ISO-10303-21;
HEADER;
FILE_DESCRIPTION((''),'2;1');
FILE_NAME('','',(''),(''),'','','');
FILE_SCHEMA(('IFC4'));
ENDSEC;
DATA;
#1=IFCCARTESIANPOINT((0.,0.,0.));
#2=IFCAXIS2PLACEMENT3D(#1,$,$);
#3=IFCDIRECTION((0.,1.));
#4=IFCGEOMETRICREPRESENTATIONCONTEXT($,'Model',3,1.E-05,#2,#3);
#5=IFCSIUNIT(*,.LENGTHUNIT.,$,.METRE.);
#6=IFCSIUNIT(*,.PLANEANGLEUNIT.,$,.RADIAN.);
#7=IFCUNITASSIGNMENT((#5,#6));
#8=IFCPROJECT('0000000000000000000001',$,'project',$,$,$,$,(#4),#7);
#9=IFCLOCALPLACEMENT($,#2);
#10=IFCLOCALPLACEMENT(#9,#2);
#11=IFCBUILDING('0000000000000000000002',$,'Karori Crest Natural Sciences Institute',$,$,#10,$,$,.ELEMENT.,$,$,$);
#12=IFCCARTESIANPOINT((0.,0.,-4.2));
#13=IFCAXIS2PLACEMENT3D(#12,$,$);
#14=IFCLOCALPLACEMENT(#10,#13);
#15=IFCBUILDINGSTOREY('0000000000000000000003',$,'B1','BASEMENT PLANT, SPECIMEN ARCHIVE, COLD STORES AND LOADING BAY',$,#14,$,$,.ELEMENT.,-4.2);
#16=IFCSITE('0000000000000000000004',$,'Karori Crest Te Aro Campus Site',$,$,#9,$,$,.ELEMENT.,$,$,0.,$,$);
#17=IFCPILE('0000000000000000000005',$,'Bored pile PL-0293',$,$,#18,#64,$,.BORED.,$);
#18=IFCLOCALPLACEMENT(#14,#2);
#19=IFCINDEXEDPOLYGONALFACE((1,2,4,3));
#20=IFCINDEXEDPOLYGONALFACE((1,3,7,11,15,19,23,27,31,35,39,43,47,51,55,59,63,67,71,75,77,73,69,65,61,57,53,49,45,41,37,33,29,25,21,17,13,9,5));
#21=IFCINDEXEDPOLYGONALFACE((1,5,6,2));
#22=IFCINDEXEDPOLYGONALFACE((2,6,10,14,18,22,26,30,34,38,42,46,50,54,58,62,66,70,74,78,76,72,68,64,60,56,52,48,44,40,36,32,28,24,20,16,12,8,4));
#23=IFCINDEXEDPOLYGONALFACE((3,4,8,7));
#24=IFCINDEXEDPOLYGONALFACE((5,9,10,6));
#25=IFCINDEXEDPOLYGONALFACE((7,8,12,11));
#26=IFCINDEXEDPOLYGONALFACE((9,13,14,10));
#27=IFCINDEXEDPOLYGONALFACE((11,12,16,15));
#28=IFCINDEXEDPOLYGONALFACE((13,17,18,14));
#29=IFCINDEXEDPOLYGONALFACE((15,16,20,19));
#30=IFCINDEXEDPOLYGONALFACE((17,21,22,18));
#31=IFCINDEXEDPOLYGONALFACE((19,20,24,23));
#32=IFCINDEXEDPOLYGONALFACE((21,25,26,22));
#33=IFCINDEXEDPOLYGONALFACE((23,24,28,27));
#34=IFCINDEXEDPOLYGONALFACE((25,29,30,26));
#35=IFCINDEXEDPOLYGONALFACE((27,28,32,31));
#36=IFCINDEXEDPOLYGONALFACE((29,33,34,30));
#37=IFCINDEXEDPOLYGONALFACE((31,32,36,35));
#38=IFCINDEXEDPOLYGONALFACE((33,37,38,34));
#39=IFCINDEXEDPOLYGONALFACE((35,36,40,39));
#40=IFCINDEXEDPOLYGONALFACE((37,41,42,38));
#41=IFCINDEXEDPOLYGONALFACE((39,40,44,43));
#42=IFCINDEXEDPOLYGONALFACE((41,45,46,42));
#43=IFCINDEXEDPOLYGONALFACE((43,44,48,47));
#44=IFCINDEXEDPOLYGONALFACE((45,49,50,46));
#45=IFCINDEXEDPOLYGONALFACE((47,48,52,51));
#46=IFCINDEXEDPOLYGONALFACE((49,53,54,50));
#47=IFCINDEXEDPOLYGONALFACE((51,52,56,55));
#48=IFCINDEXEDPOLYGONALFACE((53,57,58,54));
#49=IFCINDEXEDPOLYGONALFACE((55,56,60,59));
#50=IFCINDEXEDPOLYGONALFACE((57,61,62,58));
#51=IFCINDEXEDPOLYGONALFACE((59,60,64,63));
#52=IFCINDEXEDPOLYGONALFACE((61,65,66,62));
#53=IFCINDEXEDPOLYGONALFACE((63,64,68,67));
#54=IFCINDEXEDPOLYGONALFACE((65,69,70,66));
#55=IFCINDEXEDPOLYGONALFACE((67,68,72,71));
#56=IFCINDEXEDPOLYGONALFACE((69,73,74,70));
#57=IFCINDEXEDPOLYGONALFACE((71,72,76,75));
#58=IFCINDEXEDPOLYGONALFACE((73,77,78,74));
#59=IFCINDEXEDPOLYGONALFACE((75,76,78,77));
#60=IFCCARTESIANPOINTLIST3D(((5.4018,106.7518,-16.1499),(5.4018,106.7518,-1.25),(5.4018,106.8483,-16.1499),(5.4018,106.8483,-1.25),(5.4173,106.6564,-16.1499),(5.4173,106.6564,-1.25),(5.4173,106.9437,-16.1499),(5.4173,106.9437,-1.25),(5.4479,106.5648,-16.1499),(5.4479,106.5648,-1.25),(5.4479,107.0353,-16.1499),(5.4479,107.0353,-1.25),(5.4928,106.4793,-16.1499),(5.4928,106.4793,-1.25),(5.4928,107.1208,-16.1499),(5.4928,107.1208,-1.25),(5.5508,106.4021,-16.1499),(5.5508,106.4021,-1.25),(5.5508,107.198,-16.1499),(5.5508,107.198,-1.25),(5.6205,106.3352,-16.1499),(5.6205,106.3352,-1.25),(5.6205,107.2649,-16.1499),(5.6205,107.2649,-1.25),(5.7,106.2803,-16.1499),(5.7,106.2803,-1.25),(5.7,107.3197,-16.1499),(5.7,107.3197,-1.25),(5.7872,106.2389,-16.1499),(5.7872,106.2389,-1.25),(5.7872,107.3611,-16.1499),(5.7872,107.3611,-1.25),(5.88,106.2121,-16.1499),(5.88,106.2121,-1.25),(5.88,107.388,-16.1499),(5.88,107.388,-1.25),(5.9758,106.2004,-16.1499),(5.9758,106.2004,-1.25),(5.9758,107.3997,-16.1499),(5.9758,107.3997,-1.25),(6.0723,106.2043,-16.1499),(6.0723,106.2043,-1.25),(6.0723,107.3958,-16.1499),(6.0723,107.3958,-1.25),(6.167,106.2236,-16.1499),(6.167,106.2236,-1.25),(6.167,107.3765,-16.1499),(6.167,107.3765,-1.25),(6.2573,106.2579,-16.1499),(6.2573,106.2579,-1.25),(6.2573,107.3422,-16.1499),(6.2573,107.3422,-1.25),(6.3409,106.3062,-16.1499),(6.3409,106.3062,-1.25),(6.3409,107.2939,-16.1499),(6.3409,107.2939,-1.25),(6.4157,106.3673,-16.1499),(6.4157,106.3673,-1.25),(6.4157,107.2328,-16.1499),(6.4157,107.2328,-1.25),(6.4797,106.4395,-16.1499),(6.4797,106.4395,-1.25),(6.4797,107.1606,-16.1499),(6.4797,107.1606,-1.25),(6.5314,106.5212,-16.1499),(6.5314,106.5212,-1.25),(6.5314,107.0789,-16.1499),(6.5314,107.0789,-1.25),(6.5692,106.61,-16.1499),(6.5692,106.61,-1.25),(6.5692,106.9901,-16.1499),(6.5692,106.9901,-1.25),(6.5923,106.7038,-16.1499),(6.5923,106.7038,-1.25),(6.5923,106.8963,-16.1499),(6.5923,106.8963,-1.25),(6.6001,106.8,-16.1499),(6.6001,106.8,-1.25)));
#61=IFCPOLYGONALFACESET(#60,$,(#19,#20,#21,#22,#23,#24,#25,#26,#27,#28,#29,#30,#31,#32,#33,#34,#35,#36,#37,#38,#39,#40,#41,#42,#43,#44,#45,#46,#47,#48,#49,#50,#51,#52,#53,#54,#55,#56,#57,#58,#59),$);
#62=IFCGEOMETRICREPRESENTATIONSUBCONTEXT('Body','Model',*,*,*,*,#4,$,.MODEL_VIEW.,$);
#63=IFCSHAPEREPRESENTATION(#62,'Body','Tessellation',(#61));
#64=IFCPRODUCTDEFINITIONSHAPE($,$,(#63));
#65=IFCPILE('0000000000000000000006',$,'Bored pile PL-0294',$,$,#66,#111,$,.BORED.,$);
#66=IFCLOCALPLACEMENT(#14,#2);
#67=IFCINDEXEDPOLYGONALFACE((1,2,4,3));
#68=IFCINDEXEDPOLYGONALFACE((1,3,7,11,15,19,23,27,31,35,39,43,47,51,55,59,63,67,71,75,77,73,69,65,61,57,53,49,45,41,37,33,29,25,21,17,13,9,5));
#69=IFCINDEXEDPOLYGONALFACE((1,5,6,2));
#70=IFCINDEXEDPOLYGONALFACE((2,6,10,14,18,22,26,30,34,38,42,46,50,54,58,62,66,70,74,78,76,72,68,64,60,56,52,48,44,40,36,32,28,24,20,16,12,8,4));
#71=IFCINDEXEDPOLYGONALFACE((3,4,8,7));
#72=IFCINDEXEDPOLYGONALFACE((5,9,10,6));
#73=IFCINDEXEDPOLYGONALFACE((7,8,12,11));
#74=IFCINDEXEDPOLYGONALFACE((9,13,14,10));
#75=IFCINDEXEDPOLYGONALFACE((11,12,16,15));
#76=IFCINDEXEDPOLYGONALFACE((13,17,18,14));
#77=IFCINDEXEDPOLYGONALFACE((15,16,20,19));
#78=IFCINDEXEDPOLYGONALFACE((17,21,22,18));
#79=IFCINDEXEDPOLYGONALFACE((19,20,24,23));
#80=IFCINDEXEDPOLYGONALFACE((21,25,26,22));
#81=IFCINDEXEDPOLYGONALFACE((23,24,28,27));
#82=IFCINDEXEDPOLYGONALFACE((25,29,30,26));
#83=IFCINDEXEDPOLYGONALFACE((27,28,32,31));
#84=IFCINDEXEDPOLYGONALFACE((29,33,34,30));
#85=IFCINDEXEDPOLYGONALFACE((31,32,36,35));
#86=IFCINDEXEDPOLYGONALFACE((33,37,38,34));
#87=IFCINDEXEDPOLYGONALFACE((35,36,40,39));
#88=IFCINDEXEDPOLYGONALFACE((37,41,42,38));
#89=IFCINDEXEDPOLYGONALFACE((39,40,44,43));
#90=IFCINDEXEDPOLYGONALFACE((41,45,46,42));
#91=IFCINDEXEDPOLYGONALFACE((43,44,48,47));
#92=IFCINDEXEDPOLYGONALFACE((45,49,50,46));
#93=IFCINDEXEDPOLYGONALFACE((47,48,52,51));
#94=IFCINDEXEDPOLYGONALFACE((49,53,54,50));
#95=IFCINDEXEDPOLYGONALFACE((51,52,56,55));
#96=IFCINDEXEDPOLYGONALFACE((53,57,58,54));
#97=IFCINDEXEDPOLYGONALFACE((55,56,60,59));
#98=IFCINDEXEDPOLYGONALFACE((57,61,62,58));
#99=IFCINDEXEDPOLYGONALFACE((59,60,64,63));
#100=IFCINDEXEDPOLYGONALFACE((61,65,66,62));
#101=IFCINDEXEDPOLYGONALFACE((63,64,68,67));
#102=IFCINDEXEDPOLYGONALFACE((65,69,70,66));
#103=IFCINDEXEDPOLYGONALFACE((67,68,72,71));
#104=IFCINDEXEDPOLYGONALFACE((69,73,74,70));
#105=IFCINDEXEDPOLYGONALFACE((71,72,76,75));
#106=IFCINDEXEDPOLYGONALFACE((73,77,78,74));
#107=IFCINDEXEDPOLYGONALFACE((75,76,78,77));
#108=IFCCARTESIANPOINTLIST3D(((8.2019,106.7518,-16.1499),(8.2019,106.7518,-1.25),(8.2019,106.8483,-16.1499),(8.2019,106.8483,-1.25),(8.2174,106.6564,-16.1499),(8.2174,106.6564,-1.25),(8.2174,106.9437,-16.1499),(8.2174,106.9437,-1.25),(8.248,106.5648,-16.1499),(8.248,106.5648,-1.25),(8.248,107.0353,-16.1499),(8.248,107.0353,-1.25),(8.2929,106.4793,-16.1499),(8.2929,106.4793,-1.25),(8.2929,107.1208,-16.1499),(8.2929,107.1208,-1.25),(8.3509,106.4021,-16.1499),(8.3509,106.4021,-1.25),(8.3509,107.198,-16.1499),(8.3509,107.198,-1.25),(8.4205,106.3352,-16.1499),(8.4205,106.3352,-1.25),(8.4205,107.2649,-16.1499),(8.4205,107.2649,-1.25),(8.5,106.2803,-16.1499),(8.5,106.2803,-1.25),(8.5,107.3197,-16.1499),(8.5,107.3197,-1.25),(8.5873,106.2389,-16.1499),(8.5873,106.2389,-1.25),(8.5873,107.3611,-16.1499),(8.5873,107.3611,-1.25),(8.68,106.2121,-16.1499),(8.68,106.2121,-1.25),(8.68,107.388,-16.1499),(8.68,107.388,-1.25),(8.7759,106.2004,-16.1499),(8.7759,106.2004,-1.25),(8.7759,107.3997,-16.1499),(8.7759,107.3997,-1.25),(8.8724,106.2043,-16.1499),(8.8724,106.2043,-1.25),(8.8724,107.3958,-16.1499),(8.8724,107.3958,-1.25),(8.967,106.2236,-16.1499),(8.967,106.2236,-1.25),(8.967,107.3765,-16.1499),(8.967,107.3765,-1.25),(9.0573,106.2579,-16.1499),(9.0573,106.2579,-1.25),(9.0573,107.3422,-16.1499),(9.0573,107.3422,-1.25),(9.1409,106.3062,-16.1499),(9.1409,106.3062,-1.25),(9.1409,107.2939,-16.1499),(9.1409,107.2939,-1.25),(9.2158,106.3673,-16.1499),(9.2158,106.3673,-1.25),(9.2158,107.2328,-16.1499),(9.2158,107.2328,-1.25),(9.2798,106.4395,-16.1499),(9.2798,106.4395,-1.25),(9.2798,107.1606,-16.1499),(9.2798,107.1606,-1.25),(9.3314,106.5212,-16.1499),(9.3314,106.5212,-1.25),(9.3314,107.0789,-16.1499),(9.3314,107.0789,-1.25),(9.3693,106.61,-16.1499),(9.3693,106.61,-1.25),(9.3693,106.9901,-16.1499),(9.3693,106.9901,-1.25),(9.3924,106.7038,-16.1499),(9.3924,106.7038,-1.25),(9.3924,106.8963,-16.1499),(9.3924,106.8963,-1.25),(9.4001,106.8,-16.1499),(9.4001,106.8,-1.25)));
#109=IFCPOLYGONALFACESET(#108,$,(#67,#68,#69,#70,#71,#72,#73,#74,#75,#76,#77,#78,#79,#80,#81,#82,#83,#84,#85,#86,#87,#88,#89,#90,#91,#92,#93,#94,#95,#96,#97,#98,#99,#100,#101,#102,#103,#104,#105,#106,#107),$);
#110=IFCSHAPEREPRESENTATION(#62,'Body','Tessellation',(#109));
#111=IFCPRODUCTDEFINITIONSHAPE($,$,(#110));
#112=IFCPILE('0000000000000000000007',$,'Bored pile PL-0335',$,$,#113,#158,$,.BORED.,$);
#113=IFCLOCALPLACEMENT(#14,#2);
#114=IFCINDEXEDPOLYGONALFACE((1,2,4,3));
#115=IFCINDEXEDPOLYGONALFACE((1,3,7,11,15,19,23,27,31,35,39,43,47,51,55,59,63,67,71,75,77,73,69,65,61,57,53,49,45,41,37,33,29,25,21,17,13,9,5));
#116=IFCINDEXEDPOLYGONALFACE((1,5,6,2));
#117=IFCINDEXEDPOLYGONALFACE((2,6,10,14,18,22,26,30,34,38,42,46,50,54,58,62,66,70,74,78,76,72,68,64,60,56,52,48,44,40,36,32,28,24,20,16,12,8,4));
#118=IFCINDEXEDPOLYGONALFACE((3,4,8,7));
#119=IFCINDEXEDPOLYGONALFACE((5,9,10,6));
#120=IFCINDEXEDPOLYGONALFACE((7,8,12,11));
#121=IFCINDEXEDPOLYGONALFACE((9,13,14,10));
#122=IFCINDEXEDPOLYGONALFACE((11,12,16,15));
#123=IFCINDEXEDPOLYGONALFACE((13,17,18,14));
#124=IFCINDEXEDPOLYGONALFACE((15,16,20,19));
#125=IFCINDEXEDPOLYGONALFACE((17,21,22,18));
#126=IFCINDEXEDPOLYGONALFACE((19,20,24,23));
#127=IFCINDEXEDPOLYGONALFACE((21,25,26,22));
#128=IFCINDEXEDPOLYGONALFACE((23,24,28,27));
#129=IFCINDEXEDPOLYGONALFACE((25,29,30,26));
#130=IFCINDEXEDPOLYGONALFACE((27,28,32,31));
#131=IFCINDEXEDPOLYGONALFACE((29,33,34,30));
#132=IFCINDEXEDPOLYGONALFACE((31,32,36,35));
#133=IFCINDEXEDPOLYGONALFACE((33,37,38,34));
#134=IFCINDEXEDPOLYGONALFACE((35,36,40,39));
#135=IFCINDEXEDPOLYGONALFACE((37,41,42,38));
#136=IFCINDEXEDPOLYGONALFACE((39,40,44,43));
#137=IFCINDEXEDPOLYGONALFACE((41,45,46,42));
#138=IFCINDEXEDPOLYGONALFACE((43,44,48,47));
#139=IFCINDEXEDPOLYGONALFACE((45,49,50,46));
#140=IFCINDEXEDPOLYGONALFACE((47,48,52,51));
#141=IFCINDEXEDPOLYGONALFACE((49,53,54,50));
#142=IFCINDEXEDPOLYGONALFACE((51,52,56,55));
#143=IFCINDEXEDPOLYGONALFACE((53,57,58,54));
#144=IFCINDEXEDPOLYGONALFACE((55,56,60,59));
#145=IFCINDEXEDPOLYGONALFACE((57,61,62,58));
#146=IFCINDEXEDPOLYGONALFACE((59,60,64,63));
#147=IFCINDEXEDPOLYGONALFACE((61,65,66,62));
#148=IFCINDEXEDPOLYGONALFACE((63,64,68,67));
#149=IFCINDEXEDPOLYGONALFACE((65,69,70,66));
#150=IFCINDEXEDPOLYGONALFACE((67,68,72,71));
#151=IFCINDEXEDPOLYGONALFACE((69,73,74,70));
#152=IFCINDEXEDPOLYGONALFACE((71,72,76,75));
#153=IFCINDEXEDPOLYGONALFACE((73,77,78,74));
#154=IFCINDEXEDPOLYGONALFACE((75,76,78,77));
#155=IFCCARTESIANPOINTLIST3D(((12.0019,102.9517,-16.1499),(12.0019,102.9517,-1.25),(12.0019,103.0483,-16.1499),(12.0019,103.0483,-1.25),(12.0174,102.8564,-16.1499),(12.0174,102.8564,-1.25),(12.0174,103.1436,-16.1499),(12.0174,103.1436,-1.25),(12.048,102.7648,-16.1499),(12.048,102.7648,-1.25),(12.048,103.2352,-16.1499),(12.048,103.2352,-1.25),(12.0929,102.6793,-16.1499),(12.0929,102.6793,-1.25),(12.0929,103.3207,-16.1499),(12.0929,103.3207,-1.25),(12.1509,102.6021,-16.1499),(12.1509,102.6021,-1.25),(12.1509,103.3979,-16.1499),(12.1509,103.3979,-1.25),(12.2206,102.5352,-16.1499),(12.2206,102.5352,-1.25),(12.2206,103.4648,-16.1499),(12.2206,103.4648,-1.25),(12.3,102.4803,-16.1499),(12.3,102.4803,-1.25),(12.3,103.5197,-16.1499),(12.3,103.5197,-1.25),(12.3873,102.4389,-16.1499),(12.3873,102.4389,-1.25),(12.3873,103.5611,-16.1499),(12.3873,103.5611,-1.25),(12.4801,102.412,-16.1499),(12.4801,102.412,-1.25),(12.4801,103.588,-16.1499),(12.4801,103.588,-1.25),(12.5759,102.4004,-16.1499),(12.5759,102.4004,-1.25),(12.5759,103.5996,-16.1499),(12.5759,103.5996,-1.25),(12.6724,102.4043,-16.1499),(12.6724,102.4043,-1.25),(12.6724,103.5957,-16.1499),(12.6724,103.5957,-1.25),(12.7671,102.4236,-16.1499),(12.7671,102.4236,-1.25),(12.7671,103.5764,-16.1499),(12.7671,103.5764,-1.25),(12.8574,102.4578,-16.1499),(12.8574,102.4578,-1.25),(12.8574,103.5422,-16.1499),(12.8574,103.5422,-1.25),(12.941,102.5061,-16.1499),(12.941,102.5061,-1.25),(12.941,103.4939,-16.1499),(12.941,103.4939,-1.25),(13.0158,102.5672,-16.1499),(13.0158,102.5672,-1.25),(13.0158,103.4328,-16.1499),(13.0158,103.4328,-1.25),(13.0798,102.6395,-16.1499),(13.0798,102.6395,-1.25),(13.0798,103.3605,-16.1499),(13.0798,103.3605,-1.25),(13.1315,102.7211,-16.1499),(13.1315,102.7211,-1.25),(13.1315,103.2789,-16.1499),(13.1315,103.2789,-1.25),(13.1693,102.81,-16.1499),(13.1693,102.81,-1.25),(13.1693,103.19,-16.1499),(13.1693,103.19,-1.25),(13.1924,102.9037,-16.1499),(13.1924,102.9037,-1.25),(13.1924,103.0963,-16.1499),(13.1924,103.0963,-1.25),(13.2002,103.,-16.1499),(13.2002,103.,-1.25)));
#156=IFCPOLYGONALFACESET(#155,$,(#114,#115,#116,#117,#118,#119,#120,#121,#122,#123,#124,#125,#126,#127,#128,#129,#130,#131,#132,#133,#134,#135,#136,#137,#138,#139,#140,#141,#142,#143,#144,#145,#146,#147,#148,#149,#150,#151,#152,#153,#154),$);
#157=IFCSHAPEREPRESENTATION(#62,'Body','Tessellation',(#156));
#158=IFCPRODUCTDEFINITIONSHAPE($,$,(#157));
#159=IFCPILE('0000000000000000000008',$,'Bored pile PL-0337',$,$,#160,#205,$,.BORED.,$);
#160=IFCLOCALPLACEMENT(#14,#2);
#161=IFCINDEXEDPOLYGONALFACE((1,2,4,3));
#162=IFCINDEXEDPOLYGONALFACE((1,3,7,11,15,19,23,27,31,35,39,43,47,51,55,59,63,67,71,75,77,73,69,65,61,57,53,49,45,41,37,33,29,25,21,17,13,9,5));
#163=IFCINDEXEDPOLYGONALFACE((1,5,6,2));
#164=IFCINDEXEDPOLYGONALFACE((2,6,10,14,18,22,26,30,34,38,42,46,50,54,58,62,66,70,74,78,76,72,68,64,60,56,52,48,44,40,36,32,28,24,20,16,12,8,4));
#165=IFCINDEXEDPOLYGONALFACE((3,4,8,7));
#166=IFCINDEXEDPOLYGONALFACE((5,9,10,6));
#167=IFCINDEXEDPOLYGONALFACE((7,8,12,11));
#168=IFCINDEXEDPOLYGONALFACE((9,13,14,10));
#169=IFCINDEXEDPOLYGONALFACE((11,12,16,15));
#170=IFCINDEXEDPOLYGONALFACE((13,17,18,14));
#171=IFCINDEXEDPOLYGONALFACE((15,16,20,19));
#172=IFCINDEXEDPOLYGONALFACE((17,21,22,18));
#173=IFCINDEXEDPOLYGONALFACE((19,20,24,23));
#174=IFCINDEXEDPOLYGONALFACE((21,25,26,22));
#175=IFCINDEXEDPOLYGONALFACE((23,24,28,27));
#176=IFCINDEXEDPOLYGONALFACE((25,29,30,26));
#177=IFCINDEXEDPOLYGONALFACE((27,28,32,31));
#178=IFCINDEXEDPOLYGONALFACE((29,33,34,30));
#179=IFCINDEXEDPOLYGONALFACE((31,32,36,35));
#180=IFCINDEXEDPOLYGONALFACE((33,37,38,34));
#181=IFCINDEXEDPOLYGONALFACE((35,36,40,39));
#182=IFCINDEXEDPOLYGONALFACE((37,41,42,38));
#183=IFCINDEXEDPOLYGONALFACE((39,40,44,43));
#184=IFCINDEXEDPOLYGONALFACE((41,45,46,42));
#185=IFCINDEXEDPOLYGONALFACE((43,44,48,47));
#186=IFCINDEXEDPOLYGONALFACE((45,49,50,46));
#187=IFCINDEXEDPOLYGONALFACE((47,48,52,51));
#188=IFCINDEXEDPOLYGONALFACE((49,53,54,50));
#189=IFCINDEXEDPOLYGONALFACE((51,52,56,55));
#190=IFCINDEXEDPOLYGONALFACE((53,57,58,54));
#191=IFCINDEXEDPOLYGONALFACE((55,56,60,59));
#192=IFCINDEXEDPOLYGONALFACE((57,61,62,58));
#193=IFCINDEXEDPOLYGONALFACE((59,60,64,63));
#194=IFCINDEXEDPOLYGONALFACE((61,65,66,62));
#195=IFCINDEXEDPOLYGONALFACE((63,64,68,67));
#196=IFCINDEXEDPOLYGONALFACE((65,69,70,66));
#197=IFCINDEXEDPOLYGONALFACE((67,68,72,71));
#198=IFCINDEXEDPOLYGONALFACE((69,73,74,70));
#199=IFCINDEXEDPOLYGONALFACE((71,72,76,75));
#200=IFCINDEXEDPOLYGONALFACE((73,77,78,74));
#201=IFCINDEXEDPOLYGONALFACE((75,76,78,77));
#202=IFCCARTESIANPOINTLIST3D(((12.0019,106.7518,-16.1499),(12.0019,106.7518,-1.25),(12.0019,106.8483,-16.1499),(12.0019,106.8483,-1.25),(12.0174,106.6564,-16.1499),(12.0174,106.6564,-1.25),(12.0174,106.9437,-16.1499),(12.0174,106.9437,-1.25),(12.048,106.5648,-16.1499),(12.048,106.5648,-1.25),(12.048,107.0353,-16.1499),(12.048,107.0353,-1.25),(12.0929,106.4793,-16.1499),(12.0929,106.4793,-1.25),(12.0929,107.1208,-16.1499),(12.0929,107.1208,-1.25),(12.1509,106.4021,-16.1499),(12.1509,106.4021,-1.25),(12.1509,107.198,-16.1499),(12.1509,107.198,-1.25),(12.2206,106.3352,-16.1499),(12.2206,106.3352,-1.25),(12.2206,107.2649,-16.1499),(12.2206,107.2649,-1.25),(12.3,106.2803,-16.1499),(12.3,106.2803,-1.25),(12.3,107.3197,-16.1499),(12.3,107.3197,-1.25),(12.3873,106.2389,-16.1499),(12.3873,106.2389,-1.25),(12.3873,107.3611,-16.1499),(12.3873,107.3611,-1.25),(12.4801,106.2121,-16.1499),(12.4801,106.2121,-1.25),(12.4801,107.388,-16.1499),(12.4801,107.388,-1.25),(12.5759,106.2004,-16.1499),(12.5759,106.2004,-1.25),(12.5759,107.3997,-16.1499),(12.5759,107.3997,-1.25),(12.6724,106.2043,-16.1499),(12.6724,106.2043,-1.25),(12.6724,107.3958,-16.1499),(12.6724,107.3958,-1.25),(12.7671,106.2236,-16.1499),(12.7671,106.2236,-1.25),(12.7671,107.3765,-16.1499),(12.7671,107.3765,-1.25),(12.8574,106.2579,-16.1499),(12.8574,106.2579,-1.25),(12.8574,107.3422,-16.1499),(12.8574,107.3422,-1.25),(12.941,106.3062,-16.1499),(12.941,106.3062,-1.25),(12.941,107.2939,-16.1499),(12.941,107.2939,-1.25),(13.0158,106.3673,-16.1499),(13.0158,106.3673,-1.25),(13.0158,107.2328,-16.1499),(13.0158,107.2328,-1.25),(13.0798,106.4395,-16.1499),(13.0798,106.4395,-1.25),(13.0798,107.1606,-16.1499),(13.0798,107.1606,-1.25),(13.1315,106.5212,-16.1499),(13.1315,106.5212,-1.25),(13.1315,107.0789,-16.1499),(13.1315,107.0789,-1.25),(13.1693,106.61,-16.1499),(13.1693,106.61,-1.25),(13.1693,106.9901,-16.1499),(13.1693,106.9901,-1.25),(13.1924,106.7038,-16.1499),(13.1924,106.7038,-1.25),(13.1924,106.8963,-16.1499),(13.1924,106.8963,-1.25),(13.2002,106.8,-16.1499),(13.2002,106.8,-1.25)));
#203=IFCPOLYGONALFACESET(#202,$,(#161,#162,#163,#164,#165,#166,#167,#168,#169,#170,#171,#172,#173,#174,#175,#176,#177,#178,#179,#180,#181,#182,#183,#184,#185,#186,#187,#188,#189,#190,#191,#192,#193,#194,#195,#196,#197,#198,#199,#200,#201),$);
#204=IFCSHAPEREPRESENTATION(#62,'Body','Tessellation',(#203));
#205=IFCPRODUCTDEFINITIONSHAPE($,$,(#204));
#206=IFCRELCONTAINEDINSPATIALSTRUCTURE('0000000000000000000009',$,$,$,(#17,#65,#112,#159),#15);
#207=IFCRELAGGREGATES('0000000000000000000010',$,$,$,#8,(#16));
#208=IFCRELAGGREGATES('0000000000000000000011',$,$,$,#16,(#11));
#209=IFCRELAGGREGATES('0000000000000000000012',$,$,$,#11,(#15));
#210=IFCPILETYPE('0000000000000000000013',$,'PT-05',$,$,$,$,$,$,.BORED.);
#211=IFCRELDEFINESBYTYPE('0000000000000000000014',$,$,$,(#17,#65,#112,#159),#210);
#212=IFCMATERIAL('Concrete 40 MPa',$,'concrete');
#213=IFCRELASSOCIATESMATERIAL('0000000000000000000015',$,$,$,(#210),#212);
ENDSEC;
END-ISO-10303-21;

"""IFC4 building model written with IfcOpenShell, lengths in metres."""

from ifc_helpers import new_model, si_unit, direction, frame, origin, origin_2d, place, context, subcontext, project, spatial, circle, extrude, material, material_profile, profile_set, type_object, element, save


model = new_model("IFC4")

# Units and contexts
model_context = context("Model", 3, precision=1e-05, world=origin(), true_north=direction((0.0, 1.0)))
body_context = subcontext(model_context, "Body", "Model", "MODEL_VIEW")
ifc_project = project(units=[si_unit("LENGTHUNIT", "METRE"), si_unit("PLANEANGLEUNIT", "RADIAN")], contexts=[model_context])

# Site, building, storey
site_placement = place(None, origin())
site = spatial("IfcSite", under=ifc_project, at=site_placement, Name="Karori Crest Te Aro Campus Site", CompositionType="ELEMENT", RefElevation=0.0)
building_placement = place(site_placement, origin())
building = spatial("IfcBuilding", under=site, at=building_placement, Name="Karori Crest Natural Sciences Institute", CompositionType="ELEMENT")
storey_placement = place(building_placement, frame((0.0, 0.0, -4.2)))
storey = spatial("IfcBuildingStorey", under=building, at=storey_placement, Name="B1", Description="BASEMENT PLANT, SPECIMEN ARCHIVE, COLD STORES AND LOADING BAY", CompositionType="ELEMENT", Elevation=-4.2)

# Shared definitions
ifc_material_1 = material(Name="Concrete 40 MPa", Category="concrete")

# Piles
ifc_material_profile_1 = material_profile(ifc_material_1, circle(Radius=0.6001, at=origin_2d()), Name="PILE1200")
ifc_profile_set_1 = profile_set([ifc_material_profile_1], Name="Concrete 40 MPa")
pile_type = type_object("IfcPileType", Name="PT-05", PredefinedType="BORED", material=ifc_profile_set_1)
for number, where, z_axis, x_axis, name in (
    (1, (6.0, 106.8, -1.25), (0.0, 0.0, -1.0), (1.0, 0.0, 0.0), "Bored pile PL-0293"),
    (2, (8.8, 106.8, -1.25), (0.0, 0.0, -1.0), (1.0, 0.0, 0.0), "Bored pile PL-0294"),
    (3, (12.6001, 103.0, -1.25), (0.0, 0.0, -1.0), (1.0, 0.0, 0.0), "Bored pile PL-0335"),
    (4, (12.6001, 106.8, -1.25), (0.0, 0.0, -1.0), (1.0, 0.0, 0.0), "Bored pile PL-0337"),
):
    element("IfcPile", number, at=place(storey_placement, frame(where, z_axis=z_axis, x_axis=x_axis)), inside=storey, type_object=pile_type, Name=name, PredefinedType="BORED", context=body_context, shape_type="SweptSolid", body=[
        extrude(circle(Radius=0.6001, at=origin_2d()), origin(), (0.0, 0.0, 1.0), 14.8999),
    ])

save(model, "model.ifc")
